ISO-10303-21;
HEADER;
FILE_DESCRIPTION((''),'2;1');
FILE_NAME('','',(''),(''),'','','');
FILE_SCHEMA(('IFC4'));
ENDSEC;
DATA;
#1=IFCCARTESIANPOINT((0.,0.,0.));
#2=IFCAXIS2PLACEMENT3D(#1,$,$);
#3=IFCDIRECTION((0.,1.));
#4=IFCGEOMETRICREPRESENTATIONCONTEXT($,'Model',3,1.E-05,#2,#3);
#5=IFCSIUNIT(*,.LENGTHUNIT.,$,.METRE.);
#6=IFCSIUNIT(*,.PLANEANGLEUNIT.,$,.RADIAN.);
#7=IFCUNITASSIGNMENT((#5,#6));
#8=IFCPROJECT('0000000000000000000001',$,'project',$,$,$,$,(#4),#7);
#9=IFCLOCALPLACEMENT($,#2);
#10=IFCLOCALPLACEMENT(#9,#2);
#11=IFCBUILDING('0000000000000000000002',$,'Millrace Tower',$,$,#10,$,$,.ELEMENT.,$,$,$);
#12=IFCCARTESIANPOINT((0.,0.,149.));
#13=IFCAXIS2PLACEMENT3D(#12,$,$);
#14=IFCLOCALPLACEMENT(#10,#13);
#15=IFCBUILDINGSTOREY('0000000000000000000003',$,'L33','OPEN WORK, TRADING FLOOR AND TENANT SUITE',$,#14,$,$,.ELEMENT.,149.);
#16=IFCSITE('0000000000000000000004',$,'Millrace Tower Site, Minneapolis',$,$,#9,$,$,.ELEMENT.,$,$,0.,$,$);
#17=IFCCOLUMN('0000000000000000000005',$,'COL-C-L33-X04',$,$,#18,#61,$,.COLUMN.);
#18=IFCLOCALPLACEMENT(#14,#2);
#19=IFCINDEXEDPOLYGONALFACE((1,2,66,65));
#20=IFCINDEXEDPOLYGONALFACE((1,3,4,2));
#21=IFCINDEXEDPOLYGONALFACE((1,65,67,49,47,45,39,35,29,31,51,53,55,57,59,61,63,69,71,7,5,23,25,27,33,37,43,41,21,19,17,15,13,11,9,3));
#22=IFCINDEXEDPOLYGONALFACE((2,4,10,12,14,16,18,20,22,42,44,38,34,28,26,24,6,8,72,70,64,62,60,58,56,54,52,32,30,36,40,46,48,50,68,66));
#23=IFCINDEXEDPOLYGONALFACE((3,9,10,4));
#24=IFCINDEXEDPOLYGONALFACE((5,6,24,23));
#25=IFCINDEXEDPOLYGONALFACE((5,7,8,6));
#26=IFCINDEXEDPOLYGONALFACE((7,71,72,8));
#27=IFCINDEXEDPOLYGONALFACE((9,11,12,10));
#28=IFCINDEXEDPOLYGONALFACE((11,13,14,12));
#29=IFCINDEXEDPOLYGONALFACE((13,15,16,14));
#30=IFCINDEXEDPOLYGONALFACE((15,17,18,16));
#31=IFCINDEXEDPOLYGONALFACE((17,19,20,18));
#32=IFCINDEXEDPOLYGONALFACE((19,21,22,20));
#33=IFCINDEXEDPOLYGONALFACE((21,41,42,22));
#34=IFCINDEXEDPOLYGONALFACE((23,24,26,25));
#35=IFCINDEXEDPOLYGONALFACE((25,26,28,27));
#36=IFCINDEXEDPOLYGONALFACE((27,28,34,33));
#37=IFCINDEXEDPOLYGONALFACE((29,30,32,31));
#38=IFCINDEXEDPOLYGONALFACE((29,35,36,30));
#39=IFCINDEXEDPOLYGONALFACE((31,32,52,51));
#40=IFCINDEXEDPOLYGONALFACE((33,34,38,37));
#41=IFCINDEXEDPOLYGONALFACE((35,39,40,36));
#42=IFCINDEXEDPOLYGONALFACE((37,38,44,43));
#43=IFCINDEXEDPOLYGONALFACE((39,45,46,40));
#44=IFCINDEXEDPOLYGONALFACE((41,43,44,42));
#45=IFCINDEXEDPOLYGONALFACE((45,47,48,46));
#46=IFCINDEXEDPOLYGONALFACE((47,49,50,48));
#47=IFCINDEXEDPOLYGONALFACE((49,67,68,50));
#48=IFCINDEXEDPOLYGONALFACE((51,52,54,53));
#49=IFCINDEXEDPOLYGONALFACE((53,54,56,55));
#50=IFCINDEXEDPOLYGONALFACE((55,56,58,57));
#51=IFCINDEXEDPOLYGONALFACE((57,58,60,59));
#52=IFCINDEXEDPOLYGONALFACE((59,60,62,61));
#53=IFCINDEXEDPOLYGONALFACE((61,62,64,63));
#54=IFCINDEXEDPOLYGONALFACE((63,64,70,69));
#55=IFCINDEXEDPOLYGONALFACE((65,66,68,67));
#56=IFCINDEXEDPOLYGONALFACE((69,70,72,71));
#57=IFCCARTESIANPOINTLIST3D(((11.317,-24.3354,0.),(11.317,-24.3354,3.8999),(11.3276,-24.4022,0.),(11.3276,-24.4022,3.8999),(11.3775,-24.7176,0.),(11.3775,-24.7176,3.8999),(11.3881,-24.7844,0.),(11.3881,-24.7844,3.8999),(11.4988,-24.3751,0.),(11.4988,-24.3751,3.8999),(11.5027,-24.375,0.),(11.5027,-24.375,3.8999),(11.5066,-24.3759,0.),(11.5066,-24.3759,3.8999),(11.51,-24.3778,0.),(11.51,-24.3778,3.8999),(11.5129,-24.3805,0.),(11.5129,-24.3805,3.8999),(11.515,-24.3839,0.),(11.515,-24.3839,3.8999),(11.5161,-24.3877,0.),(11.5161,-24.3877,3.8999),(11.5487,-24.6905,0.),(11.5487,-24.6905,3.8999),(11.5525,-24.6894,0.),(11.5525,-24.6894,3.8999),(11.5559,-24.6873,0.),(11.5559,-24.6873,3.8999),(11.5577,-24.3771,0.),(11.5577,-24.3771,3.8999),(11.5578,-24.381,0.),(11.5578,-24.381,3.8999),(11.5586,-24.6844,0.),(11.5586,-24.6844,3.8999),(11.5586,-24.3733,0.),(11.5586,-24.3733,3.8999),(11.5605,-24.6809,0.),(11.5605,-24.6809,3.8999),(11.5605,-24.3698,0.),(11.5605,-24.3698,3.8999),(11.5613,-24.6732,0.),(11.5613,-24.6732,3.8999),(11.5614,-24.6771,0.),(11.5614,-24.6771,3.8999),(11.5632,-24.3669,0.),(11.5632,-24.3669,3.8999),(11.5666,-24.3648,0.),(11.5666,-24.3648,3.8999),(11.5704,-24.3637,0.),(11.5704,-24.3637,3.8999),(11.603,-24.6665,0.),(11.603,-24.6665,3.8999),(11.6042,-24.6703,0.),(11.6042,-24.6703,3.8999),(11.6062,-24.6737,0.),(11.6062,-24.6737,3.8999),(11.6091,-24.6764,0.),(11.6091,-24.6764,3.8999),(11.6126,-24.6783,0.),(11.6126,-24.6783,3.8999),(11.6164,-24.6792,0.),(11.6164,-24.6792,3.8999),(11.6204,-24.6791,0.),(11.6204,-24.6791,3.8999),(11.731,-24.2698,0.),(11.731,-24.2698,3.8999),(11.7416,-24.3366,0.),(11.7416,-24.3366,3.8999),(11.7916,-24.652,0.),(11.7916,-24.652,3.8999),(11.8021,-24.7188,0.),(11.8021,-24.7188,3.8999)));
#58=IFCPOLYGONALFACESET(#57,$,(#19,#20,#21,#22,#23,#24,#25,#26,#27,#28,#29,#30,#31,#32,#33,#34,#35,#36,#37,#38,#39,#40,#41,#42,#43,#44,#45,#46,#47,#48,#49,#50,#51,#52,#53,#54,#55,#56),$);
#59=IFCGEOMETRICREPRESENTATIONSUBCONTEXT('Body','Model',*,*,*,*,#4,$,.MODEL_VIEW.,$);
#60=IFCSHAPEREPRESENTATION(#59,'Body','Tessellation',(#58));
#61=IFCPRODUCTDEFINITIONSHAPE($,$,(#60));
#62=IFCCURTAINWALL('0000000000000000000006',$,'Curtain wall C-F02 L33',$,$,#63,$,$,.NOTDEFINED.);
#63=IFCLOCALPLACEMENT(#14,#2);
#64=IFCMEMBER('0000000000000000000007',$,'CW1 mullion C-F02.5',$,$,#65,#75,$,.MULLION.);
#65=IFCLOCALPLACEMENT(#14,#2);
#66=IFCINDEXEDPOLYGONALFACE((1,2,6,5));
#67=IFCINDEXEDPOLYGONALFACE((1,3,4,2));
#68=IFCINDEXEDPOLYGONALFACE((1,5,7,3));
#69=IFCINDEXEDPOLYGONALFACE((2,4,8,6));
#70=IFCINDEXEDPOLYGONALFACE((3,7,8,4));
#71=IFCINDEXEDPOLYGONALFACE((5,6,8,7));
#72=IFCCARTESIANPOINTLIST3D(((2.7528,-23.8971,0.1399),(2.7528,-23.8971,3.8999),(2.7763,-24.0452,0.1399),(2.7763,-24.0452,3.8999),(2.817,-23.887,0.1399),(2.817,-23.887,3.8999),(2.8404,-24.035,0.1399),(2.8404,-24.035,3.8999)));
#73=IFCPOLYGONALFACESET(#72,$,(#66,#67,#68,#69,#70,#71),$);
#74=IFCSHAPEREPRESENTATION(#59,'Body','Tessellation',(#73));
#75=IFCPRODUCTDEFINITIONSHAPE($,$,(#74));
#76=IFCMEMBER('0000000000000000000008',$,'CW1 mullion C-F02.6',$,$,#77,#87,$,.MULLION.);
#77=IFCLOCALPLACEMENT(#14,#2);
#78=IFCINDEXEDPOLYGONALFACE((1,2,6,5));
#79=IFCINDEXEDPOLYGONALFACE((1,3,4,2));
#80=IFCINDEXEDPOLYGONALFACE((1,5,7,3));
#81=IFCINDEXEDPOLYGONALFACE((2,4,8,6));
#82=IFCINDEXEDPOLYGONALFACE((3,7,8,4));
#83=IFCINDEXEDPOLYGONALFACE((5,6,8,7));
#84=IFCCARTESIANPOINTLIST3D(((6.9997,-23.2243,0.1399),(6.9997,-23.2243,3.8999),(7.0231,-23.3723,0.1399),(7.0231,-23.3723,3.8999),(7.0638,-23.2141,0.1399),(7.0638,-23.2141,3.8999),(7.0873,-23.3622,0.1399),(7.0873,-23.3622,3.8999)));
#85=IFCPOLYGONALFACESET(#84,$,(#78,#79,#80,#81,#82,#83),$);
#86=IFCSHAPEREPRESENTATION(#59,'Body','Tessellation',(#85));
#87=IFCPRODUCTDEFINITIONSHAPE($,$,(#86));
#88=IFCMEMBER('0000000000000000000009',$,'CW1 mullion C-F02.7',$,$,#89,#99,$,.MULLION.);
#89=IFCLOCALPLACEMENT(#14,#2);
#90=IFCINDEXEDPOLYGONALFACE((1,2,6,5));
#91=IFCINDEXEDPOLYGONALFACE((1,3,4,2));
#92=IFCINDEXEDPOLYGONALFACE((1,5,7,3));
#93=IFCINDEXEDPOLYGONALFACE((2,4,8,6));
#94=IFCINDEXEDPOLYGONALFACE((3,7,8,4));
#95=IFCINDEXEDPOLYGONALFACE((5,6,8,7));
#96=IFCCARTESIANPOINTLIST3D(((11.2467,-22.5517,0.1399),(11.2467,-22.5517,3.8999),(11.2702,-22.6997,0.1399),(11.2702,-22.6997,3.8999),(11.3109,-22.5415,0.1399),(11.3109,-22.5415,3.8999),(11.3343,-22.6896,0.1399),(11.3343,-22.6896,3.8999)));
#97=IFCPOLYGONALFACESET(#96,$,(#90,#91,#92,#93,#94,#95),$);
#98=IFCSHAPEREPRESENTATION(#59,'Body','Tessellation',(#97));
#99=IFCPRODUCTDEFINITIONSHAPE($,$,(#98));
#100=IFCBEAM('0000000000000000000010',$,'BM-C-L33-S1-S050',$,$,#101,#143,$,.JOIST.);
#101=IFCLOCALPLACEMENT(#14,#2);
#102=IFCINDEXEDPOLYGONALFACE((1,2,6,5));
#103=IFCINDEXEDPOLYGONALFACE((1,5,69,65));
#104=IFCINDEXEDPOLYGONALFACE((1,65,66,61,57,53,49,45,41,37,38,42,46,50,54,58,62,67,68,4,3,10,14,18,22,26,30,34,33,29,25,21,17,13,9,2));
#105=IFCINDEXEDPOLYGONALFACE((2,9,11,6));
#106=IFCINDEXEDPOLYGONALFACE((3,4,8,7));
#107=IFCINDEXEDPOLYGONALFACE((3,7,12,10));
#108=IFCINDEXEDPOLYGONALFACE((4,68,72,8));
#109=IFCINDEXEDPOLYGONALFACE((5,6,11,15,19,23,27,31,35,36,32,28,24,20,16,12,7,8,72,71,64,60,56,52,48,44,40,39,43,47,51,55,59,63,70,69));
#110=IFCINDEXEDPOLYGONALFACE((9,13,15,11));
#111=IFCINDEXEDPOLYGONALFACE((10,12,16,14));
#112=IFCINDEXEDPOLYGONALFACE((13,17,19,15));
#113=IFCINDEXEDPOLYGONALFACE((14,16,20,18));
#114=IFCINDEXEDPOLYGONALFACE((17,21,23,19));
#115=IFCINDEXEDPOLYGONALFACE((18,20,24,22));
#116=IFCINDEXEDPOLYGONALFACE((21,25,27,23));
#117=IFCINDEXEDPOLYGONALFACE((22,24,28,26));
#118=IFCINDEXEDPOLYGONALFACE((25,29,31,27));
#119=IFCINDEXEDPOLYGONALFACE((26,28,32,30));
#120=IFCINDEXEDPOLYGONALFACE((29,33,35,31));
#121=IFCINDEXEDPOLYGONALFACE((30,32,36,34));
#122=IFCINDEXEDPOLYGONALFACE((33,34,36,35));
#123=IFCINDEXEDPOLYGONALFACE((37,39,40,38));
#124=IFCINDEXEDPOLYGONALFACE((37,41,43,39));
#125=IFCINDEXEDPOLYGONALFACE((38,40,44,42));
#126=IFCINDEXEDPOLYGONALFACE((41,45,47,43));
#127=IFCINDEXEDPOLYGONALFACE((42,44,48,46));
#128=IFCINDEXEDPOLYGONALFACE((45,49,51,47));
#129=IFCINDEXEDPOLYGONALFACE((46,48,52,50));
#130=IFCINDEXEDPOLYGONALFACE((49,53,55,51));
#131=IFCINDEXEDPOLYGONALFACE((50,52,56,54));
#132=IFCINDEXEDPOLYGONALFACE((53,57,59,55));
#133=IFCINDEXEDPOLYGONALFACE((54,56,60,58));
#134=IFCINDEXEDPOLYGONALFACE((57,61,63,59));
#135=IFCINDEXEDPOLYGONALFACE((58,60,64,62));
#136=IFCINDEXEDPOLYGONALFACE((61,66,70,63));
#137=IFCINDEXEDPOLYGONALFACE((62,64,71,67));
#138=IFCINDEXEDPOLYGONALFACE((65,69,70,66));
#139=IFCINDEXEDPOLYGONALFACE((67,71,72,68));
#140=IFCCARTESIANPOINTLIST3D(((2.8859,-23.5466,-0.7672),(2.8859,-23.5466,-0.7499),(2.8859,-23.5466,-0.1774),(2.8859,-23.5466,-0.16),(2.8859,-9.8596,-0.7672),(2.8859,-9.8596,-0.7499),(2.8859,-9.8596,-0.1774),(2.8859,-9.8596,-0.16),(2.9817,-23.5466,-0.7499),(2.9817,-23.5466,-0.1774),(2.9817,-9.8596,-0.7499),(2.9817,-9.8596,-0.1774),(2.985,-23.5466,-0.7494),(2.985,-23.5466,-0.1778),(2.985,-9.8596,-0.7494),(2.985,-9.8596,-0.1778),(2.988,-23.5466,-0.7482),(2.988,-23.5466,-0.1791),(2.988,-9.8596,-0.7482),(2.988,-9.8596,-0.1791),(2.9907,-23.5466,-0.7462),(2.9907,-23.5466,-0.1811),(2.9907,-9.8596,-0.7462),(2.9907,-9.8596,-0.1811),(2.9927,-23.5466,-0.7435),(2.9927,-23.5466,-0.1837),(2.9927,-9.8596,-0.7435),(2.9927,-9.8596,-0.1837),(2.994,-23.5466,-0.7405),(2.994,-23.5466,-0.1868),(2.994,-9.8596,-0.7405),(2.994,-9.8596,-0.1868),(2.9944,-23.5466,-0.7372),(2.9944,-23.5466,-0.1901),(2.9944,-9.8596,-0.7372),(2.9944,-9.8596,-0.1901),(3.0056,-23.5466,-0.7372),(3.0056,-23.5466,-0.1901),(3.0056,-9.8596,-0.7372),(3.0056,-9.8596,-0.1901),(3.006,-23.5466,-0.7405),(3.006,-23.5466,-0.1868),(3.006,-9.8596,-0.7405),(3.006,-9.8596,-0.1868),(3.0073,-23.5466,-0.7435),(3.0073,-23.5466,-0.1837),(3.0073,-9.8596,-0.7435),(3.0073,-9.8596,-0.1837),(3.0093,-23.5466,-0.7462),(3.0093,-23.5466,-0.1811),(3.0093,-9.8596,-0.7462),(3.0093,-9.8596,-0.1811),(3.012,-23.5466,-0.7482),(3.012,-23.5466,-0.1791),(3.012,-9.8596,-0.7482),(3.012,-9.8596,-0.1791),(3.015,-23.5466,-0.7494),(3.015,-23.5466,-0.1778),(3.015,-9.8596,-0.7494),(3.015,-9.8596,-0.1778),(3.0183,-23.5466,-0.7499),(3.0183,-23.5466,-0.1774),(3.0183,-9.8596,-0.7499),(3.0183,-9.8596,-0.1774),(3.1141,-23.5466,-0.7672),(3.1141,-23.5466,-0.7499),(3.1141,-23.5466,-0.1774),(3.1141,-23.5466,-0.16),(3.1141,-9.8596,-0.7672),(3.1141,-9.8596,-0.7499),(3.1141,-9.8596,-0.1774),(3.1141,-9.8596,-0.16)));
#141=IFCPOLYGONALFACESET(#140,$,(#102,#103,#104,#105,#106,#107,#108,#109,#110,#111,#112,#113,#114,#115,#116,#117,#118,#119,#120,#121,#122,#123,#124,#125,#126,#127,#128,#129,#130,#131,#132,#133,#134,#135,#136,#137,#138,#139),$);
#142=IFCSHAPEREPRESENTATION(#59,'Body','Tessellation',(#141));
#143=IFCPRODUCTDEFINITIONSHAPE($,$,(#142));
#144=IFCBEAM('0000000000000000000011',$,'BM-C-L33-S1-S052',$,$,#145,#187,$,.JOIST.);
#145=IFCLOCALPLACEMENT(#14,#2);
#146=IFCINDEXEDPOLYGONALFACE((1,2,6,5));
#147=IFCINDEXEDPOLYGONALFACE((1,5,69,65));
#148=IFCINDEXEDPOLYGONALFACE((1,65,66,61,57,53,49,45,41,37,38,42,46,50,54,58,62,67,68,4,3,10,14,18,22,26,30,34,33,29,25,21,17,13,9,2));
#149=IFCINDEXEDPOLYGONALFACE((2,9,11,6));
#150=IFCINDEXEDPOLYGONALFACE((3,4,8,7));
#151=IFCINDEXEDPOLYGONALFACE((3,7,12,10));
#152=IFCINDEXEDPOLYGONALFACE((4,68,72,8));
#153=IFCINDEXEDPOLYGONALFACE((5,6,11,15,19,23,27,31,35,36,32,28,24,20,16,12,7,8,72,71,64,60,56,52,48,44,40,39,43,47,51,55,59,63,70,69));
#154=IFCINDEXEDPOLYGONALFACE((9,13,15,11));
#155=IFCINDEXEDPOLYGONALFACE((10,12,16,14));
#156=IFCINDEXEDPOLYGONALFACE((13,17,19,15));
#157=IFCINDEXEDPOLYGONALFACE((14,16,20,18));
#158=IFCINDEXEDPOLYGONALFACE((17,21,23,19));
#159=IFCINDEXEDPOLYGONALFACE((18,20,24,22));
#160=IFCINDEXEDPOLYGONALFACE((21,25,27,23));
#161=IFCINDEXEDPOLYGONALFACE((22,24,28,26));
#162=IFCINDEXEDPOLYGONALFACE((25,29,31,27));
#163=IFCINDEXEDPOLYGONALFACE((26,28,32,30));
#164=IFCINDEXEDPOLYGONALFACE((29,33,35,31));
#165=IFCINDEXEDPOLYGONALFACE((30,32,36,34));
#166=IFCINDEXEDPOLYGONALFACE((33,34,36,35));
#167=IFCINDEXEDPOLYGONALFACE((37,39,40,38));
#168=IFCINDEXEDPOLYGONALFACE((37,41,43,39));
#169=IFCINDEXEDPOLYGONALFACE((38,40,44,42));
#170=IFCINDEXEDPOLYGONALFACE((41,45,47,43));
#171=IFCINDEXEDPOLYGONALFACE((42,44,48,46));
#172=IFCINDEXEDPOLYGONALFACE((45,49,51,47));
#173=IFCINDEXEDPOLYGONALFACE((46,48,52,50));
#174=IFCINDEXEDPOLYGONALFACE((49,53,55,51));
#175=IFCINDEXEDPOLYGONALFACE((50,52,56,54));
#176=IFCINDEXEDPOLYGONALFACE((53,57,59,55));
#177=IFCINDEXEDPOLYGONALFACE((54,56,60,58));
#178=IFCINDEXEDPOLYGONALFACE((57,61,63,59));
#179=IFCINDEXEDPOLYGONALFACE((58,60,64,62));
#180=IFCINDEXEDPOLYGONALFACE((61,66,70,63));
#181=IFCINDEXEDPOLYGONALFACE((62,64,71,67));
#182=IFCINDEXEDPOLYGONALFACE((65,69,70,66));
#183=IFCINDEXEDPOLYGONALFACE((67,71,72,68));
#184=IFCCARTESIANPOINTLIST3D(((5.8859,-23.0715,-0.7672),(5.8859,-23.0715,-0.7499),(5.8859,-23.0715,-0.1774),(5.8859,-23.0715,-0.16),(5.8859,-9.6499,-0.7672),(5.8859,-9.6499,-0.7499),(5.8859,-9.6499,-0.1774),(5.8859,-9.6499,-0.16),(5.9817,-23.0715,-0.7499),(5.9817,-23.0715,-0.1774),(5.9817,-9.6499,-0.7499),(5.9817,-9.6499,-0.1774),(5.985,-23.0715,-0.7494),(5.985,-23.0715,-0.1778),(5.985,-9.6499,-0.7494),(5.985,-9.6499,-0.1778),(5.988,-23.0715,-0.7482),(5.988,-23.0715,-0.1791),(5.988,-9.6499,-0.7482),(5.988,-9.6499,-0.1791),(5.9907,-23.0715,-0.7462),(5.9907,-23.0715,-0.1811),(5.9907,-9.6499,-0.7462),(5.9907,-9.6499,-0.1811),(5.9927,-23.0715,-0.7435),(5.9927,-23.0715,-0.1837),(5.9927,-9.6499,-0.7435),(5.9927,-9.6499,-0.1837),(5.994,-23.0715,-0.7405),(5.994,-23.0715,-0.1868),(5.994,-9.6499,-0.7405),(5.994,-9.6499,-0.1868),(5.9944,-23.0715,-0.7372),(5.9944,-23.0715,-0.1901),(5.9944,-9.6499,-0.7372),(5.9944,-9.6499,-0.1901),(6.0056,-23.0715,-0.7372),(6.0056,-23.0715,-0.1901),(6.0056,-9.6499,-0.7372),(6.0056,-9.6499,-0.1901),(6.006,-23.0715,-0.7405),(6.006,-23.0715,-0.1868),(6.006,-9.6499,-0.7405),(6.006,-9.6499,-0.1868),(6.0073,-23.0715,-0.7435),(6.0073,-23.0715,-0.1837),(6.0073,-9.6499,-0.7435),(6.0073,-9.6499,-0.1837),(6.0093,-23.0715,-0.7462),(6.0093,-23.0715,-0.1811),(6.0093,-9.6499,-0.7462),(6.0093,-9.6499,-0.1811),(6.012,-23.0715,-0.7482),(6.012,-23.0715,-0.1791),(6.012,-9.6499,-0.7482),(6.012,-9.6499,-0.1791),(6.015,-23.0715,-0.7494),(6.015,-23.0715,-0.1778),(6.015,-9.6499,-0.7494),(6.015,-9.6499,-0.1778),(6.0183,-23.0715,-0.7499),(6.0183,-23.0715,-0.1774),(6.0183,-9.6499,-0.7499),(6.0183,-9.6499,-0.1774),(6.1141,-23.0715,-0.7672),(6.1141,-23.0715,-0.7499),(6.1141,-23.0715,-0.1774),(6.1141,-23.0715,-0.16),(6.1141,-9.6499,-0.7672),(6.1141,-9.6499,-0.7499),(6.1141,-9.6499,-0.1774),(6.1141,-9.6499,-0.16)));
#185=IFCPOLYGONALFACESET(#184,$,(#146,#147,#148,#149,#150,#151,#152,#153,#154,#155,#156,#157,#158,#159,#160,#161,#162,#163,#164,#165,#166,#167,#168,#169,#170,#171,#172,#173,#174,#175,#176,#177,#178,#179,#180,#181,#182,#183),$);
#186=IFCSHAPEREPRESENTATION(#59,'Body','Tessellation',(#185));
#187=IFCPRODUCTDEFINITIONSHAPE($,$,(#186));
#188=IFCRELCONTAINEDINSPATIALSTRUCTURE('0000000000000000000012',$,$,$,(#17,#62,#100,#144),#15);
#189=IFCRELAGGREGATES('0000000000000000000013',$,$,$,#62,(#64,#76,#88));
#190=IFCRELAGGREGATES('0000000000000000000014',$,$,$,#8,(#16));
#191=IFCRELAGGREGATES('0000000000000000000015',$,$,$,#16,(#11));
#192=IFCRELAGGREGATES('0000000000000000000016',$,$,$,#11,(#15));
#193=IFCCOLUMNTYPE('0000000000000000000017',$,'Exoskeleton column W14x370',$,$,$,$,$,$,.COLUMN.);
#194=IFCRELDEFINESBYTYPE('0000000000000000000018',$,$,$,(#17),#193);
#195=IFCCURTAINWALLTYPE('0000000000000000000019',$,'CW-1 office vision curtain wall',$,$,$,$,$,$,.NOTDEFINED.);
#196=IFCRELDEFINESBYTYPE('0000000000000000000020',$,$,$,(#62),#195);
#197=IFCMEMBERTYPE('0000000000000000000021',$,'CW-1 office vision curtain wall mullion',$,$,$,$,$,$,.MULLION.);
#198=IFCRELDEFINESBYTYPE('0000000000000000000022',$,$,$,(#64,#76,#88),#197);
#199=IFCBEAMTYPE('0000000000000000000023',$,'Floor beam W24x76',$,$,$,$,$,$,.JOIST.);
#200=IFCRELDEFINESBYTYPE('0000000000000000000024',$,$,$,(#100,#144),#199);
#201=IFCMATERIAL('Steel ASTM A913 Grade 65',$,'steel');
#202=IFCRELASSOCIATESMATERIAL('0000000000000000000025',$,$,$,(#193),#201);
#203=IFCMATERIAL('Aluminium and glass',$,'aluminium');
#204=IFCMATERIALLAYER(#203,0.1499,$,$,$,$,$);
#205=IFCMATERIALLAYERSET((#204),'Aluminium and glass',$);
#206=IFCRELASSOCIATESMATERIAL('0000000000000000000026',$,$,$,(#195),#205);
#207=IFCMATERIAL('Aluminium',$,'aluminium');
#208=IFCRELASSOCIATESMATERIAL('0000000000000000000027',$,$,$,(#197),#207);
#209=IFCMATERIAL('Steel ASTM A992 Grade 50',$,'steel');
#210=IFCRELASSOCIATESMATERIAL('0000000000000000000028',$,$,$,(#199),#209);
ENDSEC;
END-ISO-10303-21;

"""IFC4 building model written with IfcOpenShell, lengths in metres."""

from ifc_helpers import new_model, si_unit, direction, frame, origin, origin_2d, place, context, subcontext, project, spatial, rectangle, i_section, extrude, material, layer, layer_set, material_profile, profile_set, type_object, element, aggregate, save


model = new_model("IFC4")

# Units and contexts
model_context = context("Model", 3, precision=1e-05, world=origin(), true_north=direction((0.0, 1.0)))
body_context = subcontext(model_context, "Body", "Model", "MODEL_VIEW")
ifc_project = project(units=[si_unit("LENGTHUNIT", "METRE"), si_unit("PLANEANGLEUNIT", "RADIAN")], contexts=[model_context])

# Site, building, storey
site_placement = place(None, origin())
site = spatial("IfcSite", under=ifc_project, at=site_placement, Name="Millrace Tower Site, Minneapolis", CompositionType="ELEMENT", RefElevation=0.0)
building_placement = place(site_placement, origin())
building = spatial("IfcBuilding", under=site, at=building_placement, Name="Millrace Tower", CompositionType="ELEMENT")
storey_placement = place(building_placement, frame((0.0, 0.0, 149.0)))
storey = spatial("IfcBuildingStorey", under=building, at=storey_placement, Name="L33", Description="OPEN WORK, TRADING FLOOR AND TENANT SUITE", CompositionType="ELEMENT", Elevation=149.0)

# Column
ifc_material_1 = material(Name="Steel ASTM A913 Grade 65", Category="steel")
ifc_material_profile_1 = material_profile(ifc_material_1, i_section(OverallWidth=0.4192, OverallDepth=0.4546, WebThickness=0.0422, FlangeThickness=0.0676, FilletRadius=0.0151, at=origin_2d()))
ifc_profile_set_1 = profile_set([ifc_material_profile_1], Name="Steel ASTM A913 Grade 65")
column_type = type_object("IfcColumnType", Name="Exoskeleton column W14x370", PredefinedType="COLUMN", material=ifc_profile_set_1)
column_placement = place(storey_placement, frame((11.5596, -24.5271, 0.0), z_axis=(0.0, 0.0, 1.0), x_axis=(0.987688, 0.156434, 0.0)))
element("IfcColumn", 1, at=column_placement, inside=storey, type_object=column_type, Name="COL-C-L33-X04", PredefinedType="COLUMN", context=body_context, shape_type="SweptSolid", body=[
    extrude(i_section(OverallWidth=0.4192, OverallDepth=0.4546, WebThickness=0.0422, FlangeThickness=0.0676, FilletRadius=0.0151, at=origin_2d()), origin(), (0.0, 0.0, 1.0), 3.8999),
])

# Curtain wall, members
ifc_material_2 = material(Name="Aluminium and glass", Category="aluminium")
ifc_layer_1 = layer(ifc_material_2, 0.1499)
ifc_layer_set_1 = layer_set([ifc_layer_1], Name="Aluminium and glass")
curtain_wall_type = type_object("IfcCurtainWallType", Name="CW-1 office vision curtain wall", PredefinedType="NOTDEFINED", material=ifc_layer_set_1)
placement = place(storey_placement, origin())
curtain_wall = element("IfcCurtainWall", 2, at=placement, inside=storey, type_object=curtain_wall_type, Name="Curtain wall C-F02 L33", PredefinedType="NOTDEFINED")
ifc_material_3 = material(Name="Aluminium", Category="aluminium")
ifc_material_profile_2 = material_profile(ifc_material_3, rectangle(XDim=0.0649, YDim=0.1499, at=origin_2d()))
ifc_profile_set_2 = profile_set([ifc_material_profile_2], Name="Aluminium")
member_type = type_object("IfcMemberType", Name="CW-1 office vision curtain wall mullion", PredefinedType="MULLION", material=ifc_profile_set_2)
member_1_placement = place(storey_placement, frame((2.7966, -23.9661, 0.1399), z_axis=(0.0, 0.0, 1.0), x_axis=(0.987688, 0.156434, 0.0)))
member_1 = element("IfcMember", 3, at=member_1_placement, type_object=member_type, Name="CW1 mullion C-F02.5", PredefinedType="MULLION", context=body_context, shape_type="SweptSolid", body=[
    extrude(rectangle(XDim=0.0649, YDim=0.1499, at=origin_2d()), origin(), (0.0, 0.0, 1.0), 3.76),
])
member_2_placement = place(storey_placement, frame((7.0435, -23.2932, 0.1399), z_axis=(0.0, 0.0, 1.0), x_axis=(0.987688, 0.156434, 0.0)))
member_2 = element("IfcMember", 4, at=member_2_placement, type_object=member_type, Name="CW1 mullion C-F02.6", PredefinedType="MULLION", context=body_context, shape_type="SweptSolid", body=[
    extrude(rectangle(XDim=0.0649, YDim=0.1499, at=origin_2d()), origin(), (0.0, 0.0, 1.0), 3.76),
])
member_3_placement = place(storey_placement, frame((11.2905, -22.6206, 0.1399), z_axis=(0.0, 0.0, 1.0), x_axis=(0.987688, 0.156434, 0.0)))
member_3 = element("IfcMember", 5, at=member_3_placement, type_object=member_type, Name="CW1 mullion C-F02.7", PredefinedType="MULLION", context=body_context, shape_type="SweptSolid", body=[
    extrude(rectangle(XDim=0.0649, YDim=0.1499, at=origin_2d()), origin(), (0.0, 0.0, 1.0), 3.76),
])
aggregate(curtain_wall, [member_1, member_2, member_3])

# Beams
ifc_material_4 = material(Name="Steel ASTM A992 Grade 50", Category="steel")
ifc_material_profile_3 = material_profile(ifc_material_4, i_section(OverallWidth=0.2283, OverallDepth=0.6072, WebThickness=0.0112, FlangeThickness=0.0173, FilletRadius=0.0127, at=origin_2d()))
ifc_profile_set_3 = profile_set([ifc_material_profile_3], Name="Steel ASTM A992 Grade 50")
beam_type_1 = type_object("IfcBeamType", Name="Floor beam W24x76", PredefinedType="JOIST", material=ifc_profile_set_3)
beam_1_placement = place(storey_placement, frame((3.0, -23.5466, -0.4636), z_axis=(0.0, 1.0, 0.0), x_axis=(-1.0, 0.0, 0.0)))
element("IfcBeam", 6, at=beam_1_placement, inside=storey, type_object=beam_type_1, Name="BM-C-L33-S1-S050", PredefinedType="JOIST", context=body_context, shape_type="SweptSolid", body=[
    extrude(i_section(OverallWidth=0.2283, OverallDepth=0.6072, WebThickness=0.0112, FlangeThickness=0.0173, FilletRadius=0.0127, at=origin_2d()), origin(), (0.0, 0.0, 1.0), 13.687),
])
beam_2_placement = place(storey_placement, frame((6.0, -23.0715, -0.4636), z_axis=(0.0, 1.0, 0.0), x_axis=(-1.0, 0.0, 0.0)))
element("IfcBeam", 7, at=beam_2_placement, inside=storey, type_object=beam_type_1, Name="BM-C-L33-S1-S052", PredefinedType="JOIST", context=body_context, shape_type="SweptSolid", body=[
    extrude(i_section(OverallWidth=0.2283, OverallDepth=0.6072, WebThickness=0.0112, FlangeThickness=0.0173, FilletRadius=0.0127, at=origin_2d()), origin(), (0.0, 0.0, 1.0), 13.4216),
])

save(model, "model.ifc")
